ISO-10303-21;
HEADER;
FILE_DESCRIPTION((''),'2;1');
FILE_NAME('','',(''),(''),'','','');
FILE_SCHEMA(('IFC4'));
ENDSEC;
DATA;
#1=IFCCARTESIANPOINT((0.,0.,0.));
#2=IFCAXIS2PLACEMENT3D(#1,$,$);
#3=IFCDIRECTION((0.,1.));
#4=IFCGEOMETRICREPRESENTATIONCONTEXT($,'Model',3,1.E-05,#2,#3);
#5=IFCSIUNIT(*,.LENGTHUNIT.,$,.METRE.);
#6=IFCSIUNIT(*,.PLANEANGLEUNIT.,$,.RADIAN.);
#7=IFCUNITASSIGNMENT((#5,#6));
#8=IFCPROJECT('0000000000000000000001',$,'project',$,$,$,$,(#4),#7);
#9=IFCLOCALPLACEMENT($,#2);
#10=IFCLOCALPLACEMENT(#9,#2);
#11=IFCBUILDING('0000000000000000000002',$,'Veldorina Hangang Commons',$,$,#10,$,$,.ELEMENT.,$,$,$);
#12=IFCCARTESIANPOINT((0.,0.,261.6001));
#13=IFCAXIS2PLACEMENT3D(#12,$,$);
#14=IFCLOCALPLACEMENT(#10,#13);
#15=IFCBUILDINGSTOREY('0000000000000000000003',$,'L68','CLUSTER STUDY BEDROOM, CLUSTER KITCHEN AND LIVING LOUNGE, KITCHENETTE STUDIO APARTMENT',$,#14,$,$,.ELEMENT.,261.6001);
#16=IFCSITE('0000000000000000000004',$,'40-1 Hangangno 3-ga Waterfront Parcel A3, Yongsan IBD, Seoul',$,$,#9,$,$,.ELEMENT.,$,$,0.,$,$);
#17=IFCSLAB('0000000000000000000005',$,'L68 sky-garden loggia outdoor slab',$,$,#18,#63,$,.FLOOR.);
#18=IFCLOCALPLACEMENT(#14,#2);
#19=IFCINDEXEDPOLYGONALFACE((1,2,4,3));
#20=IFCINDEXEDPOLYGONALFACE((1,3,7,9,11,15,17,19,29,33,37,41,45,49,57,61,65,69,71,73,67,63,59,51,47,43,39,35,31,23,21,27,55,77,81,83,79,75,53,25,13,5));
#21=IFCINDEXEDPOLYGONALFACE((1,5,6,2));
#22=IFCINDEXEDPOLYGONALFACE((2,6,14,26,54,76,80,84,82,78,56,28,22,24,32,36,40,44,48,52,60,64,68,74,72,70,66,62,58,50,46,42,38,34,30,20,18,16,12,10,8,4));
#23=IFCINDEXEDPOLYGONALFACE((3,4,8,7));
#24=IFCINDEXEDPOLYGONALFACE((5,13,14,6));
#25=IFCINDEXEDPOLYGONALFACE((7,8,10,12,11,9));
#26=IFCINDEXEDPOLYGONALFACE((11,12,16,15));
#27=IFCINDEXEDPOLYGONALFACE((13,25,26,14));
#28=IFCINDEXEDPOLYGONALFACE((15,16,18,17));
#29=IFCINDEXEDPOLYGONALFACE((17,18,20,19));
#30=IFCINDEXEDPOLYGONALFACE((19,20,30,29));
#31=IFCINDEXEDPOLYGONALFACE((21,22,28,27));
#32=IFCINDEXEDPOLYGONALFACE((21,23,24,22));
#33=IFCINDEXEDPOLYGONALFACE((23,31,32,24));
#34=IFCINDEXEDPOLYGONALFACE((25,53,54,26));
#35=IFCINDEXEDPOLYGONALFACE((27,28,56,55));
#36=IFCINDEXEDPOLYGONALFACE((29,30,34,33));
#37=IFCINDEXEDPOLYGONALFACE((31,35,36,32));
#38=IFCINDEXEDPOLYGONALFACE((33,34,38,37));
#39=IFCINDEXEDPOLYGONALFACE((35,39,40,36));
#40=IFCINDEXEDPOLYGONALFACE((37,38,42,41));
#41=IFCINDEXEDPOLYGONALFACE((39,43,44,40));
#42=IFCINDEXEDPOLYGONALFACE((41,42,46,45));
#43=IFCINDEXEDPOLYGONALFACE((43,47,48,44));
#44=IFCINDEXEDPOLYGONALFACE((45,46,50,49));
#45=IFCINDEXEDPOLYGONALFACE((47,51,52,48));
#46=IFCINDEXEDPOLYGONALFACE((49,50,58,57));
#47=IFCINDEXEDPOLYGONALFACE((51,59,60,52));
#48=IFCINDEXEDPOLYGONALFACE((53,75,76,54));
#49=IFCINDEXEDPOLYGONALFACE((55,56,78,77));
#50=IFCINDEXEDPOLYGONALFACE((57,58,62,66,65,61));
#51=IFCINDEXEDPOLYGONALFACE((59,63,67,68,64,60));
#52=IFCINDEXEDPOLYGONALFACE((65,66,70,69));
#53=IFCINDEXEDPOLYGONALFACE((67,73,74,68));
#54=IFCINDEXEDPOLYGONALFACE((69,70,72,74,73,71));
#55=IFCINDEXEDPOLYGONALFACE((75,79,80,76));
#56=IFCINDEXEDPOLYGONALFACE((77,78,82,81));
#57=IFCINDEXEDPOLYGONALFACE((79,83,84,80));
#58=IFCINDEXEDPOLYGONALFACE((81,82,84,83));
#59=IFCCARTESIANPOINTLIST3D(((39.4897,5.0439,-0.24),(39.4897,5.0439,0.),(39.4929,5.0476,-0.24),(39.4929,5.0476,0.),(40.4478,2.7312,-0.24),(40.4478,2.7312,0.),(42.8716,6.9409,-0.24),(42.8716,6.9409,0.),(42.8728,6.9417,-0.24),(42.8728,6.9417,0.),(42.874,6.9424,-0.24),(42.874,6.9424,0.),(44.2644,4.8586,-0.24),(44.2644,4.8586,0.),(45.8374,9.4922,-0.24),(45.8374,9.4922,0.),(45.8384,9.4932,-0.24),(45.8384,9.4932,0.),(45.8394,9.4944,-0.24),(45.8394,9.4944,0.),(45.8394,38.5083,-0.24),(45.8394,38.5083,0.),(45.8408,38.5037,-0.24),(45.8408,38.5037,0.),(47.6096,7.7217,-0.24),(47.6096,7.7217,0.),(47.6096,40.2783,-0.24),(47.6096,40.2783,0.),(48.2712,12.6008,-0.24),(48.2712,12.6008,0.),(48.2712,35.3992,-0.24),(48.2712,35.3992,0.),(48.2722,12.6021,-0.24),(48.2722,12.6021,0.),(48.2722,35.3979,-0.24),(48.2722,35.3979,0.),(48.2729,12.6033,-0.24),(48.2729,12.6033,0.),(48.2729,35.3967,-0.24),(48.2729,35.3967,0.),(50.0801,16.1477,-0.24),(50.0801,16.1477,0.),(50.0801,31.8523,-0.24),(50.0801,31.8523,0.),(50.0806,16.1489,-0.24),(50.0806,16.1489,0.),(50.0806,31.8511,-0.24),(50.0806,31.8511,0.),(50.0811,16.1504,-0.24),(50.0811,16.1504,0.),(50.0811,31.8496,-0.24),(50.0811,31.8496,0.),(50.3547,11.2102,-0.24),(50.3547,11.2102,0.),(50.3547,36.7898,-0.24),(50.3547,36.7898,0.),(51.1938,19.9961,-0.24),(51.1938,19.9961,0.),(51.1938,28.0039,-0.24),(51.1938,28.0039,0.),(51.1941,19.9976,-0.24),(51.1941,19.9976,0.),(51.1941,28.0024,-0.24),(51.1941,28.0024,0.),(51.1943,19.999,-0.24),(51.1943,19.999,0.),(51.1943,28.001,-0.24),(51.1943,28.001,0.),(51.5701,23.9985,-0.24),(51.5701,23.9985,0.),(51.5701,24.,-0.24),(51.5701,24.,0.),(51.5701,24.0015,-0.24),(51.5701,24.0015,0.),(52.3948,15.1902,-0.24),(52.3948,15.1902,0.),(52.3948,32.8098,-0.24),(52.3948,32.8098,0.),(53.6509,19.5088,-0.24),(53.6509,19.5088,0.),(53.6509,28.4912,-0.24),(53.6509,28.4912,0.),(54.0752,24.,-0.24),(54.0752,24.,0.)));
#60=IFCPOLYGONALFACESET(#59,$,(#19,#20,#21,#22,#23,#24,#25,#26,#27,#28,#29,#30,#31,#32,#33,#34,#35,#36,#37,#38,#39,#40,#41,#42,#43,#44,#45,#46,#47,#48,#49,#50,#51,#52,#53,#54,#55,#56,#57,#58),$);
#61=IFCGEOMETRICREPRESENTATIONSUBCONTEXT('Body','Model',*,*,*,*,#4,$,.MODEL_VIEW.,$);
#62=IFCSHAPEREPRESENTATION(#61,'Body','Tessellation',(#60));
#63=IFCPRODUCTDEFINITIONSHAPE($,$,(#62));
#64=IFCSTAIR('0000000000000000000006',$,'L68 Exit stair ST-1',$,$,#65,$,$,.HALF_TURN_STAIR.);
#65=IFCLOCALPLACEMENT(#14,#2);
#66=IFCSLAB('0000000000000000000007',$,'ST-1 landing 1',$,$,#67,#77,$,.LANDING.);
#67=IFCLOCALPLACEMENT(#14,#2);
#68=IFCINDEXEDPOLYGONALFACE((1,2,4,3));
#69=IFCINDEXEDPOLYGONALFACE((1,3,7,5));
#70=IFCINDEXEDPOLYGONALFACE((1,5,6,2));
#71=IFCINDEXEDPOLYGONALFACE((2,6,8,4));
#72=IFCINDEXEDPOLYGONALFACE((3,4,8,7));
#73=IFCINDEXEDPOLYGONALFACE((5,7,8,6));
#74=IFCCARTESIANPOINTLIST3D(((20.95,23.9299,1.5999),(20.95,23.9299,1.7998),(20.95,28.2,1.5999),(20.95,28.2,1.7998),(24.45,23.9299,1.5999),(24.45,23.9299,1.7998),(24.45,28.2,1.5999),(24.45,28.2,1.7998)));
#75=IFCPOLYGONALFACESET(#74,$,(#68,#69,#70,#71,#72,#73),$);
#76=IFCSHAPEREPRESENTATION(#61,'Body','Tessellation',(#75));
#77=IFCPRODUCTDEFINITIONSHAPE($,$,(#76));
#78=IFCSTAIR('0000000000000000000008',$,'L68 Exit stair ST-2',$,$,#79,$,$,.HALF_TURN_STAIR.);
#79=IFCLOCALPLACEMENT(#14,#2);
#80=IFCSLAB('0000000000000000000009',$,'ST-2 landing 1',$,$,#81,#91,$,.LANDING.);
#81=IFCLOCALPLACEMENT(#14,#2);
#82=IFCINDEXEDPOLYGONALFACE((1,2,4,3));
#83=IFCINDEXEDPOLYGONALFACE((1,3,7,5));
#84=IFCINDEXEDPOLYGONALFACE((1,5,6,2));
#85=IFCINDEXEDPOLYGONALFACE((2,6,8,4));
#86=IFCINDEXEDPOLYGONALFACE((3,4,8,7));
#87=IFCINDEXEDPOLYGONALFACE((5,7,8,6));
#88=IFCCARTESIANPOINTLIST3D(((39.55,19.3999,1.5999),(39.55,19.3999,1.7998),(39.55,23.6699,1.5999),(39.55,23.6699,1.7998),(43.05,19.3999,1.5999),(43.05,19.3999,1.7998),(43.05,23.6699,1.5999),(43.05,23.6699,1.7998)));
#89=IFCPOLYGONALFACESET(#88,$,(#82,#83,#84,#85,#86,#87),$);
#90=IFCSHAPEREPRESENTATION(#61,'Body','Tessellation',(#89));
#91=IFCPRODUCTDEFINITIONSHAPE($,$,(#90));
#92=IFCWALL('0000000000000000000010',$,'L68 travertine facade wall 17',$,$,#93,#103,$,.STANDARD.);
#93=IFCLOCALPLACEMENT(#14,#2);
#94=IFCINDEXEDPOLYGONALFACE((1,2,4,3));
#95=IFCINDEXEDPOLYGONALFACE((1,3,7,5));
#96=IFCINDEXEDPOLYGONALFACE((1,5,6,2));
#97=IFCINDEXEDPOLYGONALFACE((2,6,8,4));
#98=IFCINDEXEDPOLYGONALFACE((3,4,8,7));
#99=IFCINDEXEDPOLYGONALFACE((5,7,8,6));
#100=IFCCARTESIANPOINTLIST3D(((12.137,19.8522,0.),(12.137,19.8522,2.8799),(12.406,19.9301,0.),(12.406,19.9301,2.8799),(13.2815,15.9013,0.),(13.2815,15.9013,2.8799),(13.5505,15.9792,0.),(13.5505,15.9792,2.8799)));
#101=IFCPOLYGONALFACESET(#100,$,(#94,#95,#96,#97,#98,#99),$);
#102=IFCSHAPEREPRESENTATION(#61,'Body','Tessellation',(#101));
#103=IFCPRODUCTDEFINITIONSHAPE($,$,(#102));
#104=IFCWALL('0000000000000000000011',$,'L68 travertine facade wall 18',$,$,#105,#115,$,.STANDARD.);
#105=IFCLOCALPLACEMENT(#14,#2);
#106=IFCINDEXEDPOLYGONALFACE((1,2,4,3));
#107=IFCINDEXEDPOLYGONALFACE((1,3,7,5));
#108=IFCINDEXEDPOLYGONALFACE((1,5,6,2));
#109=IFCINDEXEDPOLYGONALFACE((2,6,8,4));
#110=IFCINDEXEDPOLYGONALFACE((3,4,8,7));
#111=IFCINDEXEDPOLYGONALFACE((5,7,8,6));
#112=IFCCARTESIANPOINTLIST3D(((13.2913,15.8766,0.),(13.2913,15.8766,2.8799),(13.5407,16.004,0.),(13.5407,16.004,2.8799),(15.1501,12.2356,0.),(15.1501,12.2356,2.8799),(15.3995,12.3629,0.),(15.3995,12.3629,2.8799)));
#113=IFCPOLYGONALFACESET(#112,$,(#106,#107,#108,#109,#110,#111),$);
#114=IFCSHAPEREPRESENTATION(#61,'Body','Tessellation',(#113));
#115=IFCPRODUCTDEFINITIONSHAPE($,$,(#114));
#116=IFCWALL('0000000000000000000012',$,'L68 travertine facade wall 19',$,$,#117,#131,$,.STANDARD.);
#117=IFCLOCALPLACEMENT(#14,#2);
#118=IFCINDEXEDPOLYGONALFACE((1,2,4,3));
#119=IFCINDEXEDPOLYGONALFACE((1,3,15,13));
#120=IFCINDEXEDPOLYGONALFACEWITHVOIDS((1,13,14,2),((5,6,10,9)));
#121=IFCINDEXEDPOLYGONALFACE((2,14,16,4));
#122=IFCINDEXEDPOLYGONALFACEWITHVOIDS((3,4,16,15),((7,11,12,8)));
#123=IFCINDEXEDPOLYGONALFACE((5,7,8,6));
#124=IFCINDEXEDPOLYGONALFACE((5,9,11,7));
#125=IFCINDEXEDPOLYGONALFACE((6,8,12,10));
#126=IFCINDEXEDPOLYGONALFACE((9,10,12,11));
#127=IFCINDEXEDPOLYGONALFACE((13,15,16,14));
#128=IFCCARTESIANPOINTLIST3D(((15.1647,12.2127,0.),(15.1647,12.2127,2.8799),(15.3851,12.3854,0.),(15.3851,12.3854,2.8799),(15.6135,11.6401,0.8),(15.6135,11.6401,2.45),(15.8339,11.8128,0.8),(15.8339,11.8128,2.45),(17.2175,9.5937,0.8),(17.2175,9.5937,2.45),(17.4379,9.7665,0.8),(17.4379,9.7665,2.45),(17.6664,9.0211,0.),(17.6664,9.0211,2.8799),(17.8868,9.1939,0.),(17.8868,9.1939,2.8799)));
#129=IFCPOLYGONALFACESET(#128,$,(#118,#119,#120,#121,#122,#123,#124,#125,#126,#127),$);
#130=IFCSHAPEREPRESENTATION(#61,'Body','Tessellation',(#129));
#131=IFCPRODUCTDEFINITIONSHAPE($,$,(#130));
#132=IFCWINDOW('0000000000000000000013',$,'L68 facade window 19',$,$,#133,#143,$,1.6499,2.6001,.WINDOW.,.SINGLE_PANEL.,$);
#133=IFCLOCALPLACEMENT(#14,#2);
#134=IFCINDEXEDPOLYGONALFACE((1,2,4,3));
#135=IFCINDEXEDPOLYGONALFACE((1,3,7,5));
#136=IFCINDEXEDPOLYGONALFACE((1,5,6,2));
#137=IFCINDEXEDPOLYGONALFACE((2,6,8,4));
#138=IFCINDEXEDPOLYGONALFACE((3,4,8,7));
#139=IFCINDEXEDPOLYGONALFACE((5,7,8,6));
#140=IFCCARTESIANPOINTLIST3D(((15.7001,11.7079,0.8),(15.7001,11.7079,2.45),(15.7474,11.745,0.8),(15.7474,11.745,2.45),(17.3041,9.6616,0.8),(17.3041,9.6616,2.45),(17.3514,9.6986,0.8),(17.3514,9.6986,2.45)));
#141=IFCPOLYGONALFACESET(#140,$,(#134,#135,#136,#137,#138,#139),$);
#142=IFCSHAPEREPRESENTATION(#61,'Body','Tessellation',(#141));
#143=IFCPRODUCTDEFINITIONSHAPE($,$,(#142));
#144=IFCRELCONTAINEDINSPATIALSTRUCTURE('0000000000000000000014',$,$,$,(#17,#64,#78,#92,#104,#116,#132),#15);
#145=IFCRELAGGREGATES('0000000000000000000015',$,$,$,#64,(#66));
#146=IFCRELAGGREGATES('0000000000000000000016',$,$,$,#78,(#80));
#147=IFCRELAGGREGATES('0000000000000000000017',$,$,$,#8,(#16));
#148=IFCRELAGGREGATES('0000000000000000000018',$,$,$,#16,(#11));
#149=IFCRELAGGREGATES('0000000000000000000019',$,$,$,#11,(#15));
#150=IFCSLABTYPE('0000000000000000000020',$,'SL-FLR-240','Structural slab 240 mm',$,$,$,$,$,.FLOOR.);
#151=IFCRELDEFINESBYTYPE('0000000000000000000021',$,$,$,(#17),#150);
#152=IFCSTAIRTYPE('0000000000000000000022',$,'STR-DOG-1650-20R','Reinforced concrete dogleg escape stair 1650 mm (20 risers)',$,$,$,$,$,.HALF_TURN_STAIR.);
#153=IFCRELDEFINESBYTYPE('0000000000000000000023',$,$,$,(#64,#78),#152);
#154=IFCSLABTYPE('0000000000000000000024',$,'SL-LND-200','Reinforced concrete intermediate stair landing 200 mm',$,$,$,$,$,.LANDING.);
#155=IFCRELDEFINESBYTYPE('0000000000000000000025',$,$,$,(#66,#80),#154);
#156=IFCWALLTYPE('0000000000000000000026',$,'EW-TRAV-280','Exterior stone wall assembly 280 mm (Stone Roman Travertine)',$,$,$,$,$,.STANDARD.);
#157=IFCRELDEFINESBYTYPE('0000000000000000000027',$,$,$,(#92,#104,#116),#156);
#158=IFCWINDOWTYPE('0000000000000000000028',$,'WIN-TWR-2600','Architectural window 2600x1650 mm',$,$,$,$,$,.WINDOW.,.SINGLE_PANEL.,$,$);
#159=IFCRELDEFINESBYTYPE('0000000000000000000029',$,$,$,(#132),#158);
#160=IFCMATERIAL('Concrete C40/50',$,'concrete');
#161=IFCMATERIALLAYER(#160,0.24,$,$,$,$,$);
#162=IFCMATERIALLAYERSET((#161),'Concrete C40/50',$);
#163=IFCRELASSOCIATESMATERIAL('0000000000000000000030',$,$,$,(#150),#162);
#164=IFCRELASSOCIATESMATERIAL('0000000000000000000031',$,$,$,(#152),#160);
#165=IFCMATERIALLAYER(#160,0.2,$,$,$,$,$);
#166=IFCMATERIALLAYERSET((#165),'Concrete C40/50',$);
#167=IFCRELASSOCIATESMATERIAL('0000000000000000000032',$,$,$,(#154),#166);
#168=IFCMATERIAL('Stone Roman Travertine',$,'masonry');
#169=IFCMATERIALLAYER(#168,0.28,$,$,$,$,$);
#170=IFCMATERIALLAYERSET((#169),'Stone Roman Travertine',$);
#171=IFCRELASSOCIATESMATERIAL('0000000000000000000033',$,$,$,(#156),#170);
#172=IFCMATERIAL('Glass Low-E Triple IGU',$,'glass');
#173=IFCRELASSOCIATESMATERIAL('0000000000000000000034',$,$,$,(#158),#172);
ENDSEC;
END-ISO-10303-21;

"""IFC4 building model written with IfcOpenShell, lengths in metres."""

from ifc_helpers import new_model, si_unit, direction, frame, frame_2d, origin, place, context, subcontext, project, spatial, polyline, rectangle, outline, extrude, material, layer, layer_set, type_object, element, fill, aggregate, save


model = new_model("IFC4")

# Units and contexts
model_context = context("Model", 3, precision=1e-05, world=origin(), true_north=direction((0.0, 1.0)))
body_context = subcontext(model_context, "Body", "Model", "MODEL_VIEW")
ifc_project = project(units=[si_unit("LENGTHUNIT", "METRE"), si_unit("PLANEANGLEUNIT", "RADIAN")], contexts=[model_context])

# Site, building, storey
site_placement = place(None, origin())
site = spatial("IfcSite", under=ifc_project, at=site_placement, Name="40-1 Hangangno 3-ga Waterfront Parcel A3, Yongsan IBD, Seoul", CompositionType="ELEMENT", RefElevation=0.0)
building_placement = place(site_placement, origin())
building = spatial("IfcBuilding", under=site, at=building_placement, Name="Veldorina Hangang Commons", CompositionType="ELEMENT")
storey_placement = place(building_placement, frame((0.0, 0.0, 261.6001)))
storey = spatial("IfcBuildingStorey", under=building, at=storey_placement, Name="L68", Description="CLUSTER STUDY BEDROOM, CLUSTER KITCHEN AND LIVING LOUNGE, KITCHENETTE STUDIO APARTMENT", CompositionType="ELEMENT", Elevation=261.6001)

# Slab
ifc_material_1 = material(Name="Concrete C40/50", Category="concrete")
ifc_layer_1 = layer(ifc_material_1, 0.24)
ifc_layer_set_1 = layer_set([ifc_layer_1], Name="Concrete C40/50")
slab_type_1 = type_object("IfcSlabType", Name="SL-FLR-240", Description="Structural slab 240 mm", PredefinedType="FLOOR", material=ifc_layer_set_1)
slab_1_placement = place(storey_placement, frame((0.0, 0.0, -0.24)))
element("IfcSlab", 1, at=slab_1_placement, inside=storey, type_object=slab_type_1, Name="L68 sky-garden loggia outdoor slab", PredefinedType="FLOOR", context=body_context, shape_type="SweptSolid", body=[
    extrude(outline(polyline([(47.6096, 40.2783), (50.3547, 36.7898), (52.3948, 32.8098), (53.6509, 28.4912), (54.0752, 24.0), (53.6509, 19.5088), (52.3948, 15.1902), (50.3547, 11.2102), (47.6096, 7.7217), (44.2644, 4.8586), (40.4478, 2.7312), (39.4897, 5.0439), (39.4929, 5.0476), (42.8716, 6.9409), (42.8728, 6.9417), (42.874, 6.9424), (45.8374, 9.4922), (45.8384, 9.4932), (45.8394, 9.4944), (48.2712, 12.6008), (48.2722, 12.6021), (48.2729, 12.6033), (50.0801, 16.1477), (50.0806, 16.1489), (50.0811, 16.1504), (51.1938, 19.9961), (51.1941, 19.9976), (51.1943, 19.999), (51.5701, 23.9985), (51.5701, 24.0), (51.5701, 24.0015), (51.1943, 28.001), (51.1941, 28.0024), (51.1938, 28.0039), (50.0811, 31.8496), (50.0806, 31.8511), (50.0801, 31.8523), (48.2729, 35.3967), (48.2722, 35.3979), (48.2712, 35.3992), (45.8408, 38.5037), (45.8394, 38.5083), (47.6096, 40.2783)])), origin(), (0.0, 0.0, 1.0), 0.24),
])

# Stairs, slabs
stair_type = type_object("IfcStairType", Name="STR-DOG-1650-20R", Description="Reinforced concrete dogleg escape stair 1650 mm (20 risers)", PredefinedType="HALF_TURN_STAIR", material=ifc_material_1)
stair_1_placement = place(storey_placement, origin())
stair_1 = element("IfcStair", 2, at=stair_1_placement, inside=storey, type_object=stair_type, Name="L68 Exit stair ST-1", PredefinedType="HALF_TURN_STAIR")
ifc_layer_2 = layer(ifc_material_1, 0.2)
ifc_layer_set_2 = layer_set([ifc_layer_2], Name="Concrete C40/50")
slab_type_2 = type_object("IfcSlabType", Name="SL-LND-200", Description="Reinforced concrete intermediate stair landing 200 mm", PredefinedType="LANDING", material=ifc_layer_set_2)
slab_2_placement = place(storey_placement, frame((0.0, 0.0, 1.5999)))
slab_2 = element("IfcSlab", 3, at=slab_2_placement, type_object=slab_type_2, Name="ST-1 landing 1", PredefinedType="LANDING", context=body_context, shape_type="SweptSolid", body=[
    extrude(outline(polyline([(24.45, 23.9299), (24.45, 28.2), (20.95, 28.2), (20.95, 23.9299), (24.45, 23.9299)])), origin(), (0.0, 0.0, 1.0), 0.2),
])
aggregate(stair_1, [slab_2])
stair_2_placement = place(storey_placement, origin())
stair_2 = element("IfcStair", 4, at=stair_2_placement, inside=storey, type_object=stair_type, Name="L68 Exit stair ST-2", PredefinedType="HALF_TURN_STAIR")
slab_3_placement = place(storey_placement, frame((0.0, 0.0, 1.5999)))
slab_3 = element("IfcSlab", 5, at=slab_3_placement, type_object=slab_type_2, Name="ST-2 landing 1", PredefinedType="LANDING", context=body_context, shape_type="SweptSolid", body=[
    extrude(outline(polyline([(39.55, 23.6699), (39.55, 19.3999), (43.05, 19.3999), (43.05, 23.6699), (39.55, 23.6699)])), origin(), (0.0, 0.0, 1.0), 0.2),
])
aggregate(stair_2, [slab_3])

# Walls
ifc_material_2 = material(Name="Stone Roman Travertine", Category="masonry")
ifc_layer_3 = layer(ifc_material_2, 0.28)
ifc_layer_set_3 = layer_set([ifc_layer_3], Name="Stone Roman Travertine")
wall_type = type_object("IfcWallType", Name="EW-TRAV-280", Description="Exterior stone wall assembly 280 mm (Stone Roman Travertine)", PredefinedType="STANDARD", material=ifc_layer_set_3)
wall_1_placement = place(storey_placement, frame((12.2715, 19.8911, 0.0), z_axis=(0.0, 0.0, 1.0), x_axis=(0.278247, -0.96051, 0.0)))
element("IfcWall", 6, at=wall_1_placement, inside=storey, type_object=wall_type, Name="L68 travertine facade wall 17", PredefinedType="STANDARD", context=body_context, shape_type="SweptSolid", body=[
    extrude(rectangle(XDim=4.1133, YDim=0.28, at=frame_2d((2.0566, 0.0))), origin(), (0.0, 0.0, 1.0), 2.8799),
])
wall_2_placement = place(storey_placement, frame((13.416, 15.9402, 0.0), z_axis=(0.0, 0.0, 1.0), x_axis=(0.454699, -0.890645, 0.0)))
element("IfcWall", 7, at=wall_2_placement, inside=storey, type_object=wall_type, Name="L68 travertine facade wall 18", PredefinedType="STANDARD", context=body_context, shape_type="SweptSolid", body=[
    extrude(rectangle(XDim=4.0881, YDim=0.28, at=frame_2d((2.0439, 0.0))), origin(), (0.0, 0.0, 1.0), 2.8799),
])

# Wall, opening, window
wall_3_placement = place(storey_placement, frame((15.2749, 12.2991, 0.0), z_axis=(0.0, 0.0, 1.0), x_axis=(0.616904, -0.787039, 0.0)))
wall_3 = element("IfcWall", 8, at=wall_3_placement, inside=storey, type_object=wall_type, Name="L68 travertine facade wall 19", PredefinedType="STANDARD", context=body_context, shape_type="SweptSolid", body=[
    extrude(rectangle(XDim=4.0552, YDim=0.28, at=frame_2d((2.0276, 0.0))), origin(), (0.0, 0.0, 1.0), 2.8799),
])
opening_placement = place(wall_3_placement, frame((0.7275, 0.0, 0.8)))
opening = element("IfcOpeningElement", 9, at=opening_placement, cuts=wall_3, PredefinedType="OPENING", context=body_context, shape_type="SweptSolid", body=[
    extrude(rectangle(XDim=2.6001, YDim=1.6499, at=frame_2d((1.3, 0.825))), frame((0.0, 0.1499, 0.0), z_axis=(0.0, -1.0, 0.0), x_axis=(1.0, 0.0, 0.0)), (0.0, 0.0, 1.0), 0.3),
])
ifc_material_3 = material(Name="Glass Low-E Triple IGU", Category="glass")
window_type = type_object("IfcWindowType", Name="WIN-TWR-2600", Description="Architectural window 2600x1650 mm", PartitioningType="SINGLE_PANEL", PredefinedType="WINDOW", material=ifc_material_3)
window_placement = place(opening_placement, origin())
window = element("IfcWindow", 10, at=window_placement, inside=storey, type_object=window_type, Name="L68 facade window 19", OverallHeight=1.6499, OverallWidth=2.6001, PartitioningType="SINGLE_PANEL", PredefinedType="WINDOW", context=body_context, shape_type="SweptSolid", body=[
    extrude(rectangle(XDim=2.6001, YDim=1.6499, at=frame_2d((1.3, 0.825))), frame((0.0, 0.03, 0.0), z_axis=(0.0, -1.0, 0.0), x_axis=(1.0, 0.0, 0.0)), (0.0, 0.0, 1.0), 0.0601),
])
fill(opening, window)

save(model, "model.ifc")
